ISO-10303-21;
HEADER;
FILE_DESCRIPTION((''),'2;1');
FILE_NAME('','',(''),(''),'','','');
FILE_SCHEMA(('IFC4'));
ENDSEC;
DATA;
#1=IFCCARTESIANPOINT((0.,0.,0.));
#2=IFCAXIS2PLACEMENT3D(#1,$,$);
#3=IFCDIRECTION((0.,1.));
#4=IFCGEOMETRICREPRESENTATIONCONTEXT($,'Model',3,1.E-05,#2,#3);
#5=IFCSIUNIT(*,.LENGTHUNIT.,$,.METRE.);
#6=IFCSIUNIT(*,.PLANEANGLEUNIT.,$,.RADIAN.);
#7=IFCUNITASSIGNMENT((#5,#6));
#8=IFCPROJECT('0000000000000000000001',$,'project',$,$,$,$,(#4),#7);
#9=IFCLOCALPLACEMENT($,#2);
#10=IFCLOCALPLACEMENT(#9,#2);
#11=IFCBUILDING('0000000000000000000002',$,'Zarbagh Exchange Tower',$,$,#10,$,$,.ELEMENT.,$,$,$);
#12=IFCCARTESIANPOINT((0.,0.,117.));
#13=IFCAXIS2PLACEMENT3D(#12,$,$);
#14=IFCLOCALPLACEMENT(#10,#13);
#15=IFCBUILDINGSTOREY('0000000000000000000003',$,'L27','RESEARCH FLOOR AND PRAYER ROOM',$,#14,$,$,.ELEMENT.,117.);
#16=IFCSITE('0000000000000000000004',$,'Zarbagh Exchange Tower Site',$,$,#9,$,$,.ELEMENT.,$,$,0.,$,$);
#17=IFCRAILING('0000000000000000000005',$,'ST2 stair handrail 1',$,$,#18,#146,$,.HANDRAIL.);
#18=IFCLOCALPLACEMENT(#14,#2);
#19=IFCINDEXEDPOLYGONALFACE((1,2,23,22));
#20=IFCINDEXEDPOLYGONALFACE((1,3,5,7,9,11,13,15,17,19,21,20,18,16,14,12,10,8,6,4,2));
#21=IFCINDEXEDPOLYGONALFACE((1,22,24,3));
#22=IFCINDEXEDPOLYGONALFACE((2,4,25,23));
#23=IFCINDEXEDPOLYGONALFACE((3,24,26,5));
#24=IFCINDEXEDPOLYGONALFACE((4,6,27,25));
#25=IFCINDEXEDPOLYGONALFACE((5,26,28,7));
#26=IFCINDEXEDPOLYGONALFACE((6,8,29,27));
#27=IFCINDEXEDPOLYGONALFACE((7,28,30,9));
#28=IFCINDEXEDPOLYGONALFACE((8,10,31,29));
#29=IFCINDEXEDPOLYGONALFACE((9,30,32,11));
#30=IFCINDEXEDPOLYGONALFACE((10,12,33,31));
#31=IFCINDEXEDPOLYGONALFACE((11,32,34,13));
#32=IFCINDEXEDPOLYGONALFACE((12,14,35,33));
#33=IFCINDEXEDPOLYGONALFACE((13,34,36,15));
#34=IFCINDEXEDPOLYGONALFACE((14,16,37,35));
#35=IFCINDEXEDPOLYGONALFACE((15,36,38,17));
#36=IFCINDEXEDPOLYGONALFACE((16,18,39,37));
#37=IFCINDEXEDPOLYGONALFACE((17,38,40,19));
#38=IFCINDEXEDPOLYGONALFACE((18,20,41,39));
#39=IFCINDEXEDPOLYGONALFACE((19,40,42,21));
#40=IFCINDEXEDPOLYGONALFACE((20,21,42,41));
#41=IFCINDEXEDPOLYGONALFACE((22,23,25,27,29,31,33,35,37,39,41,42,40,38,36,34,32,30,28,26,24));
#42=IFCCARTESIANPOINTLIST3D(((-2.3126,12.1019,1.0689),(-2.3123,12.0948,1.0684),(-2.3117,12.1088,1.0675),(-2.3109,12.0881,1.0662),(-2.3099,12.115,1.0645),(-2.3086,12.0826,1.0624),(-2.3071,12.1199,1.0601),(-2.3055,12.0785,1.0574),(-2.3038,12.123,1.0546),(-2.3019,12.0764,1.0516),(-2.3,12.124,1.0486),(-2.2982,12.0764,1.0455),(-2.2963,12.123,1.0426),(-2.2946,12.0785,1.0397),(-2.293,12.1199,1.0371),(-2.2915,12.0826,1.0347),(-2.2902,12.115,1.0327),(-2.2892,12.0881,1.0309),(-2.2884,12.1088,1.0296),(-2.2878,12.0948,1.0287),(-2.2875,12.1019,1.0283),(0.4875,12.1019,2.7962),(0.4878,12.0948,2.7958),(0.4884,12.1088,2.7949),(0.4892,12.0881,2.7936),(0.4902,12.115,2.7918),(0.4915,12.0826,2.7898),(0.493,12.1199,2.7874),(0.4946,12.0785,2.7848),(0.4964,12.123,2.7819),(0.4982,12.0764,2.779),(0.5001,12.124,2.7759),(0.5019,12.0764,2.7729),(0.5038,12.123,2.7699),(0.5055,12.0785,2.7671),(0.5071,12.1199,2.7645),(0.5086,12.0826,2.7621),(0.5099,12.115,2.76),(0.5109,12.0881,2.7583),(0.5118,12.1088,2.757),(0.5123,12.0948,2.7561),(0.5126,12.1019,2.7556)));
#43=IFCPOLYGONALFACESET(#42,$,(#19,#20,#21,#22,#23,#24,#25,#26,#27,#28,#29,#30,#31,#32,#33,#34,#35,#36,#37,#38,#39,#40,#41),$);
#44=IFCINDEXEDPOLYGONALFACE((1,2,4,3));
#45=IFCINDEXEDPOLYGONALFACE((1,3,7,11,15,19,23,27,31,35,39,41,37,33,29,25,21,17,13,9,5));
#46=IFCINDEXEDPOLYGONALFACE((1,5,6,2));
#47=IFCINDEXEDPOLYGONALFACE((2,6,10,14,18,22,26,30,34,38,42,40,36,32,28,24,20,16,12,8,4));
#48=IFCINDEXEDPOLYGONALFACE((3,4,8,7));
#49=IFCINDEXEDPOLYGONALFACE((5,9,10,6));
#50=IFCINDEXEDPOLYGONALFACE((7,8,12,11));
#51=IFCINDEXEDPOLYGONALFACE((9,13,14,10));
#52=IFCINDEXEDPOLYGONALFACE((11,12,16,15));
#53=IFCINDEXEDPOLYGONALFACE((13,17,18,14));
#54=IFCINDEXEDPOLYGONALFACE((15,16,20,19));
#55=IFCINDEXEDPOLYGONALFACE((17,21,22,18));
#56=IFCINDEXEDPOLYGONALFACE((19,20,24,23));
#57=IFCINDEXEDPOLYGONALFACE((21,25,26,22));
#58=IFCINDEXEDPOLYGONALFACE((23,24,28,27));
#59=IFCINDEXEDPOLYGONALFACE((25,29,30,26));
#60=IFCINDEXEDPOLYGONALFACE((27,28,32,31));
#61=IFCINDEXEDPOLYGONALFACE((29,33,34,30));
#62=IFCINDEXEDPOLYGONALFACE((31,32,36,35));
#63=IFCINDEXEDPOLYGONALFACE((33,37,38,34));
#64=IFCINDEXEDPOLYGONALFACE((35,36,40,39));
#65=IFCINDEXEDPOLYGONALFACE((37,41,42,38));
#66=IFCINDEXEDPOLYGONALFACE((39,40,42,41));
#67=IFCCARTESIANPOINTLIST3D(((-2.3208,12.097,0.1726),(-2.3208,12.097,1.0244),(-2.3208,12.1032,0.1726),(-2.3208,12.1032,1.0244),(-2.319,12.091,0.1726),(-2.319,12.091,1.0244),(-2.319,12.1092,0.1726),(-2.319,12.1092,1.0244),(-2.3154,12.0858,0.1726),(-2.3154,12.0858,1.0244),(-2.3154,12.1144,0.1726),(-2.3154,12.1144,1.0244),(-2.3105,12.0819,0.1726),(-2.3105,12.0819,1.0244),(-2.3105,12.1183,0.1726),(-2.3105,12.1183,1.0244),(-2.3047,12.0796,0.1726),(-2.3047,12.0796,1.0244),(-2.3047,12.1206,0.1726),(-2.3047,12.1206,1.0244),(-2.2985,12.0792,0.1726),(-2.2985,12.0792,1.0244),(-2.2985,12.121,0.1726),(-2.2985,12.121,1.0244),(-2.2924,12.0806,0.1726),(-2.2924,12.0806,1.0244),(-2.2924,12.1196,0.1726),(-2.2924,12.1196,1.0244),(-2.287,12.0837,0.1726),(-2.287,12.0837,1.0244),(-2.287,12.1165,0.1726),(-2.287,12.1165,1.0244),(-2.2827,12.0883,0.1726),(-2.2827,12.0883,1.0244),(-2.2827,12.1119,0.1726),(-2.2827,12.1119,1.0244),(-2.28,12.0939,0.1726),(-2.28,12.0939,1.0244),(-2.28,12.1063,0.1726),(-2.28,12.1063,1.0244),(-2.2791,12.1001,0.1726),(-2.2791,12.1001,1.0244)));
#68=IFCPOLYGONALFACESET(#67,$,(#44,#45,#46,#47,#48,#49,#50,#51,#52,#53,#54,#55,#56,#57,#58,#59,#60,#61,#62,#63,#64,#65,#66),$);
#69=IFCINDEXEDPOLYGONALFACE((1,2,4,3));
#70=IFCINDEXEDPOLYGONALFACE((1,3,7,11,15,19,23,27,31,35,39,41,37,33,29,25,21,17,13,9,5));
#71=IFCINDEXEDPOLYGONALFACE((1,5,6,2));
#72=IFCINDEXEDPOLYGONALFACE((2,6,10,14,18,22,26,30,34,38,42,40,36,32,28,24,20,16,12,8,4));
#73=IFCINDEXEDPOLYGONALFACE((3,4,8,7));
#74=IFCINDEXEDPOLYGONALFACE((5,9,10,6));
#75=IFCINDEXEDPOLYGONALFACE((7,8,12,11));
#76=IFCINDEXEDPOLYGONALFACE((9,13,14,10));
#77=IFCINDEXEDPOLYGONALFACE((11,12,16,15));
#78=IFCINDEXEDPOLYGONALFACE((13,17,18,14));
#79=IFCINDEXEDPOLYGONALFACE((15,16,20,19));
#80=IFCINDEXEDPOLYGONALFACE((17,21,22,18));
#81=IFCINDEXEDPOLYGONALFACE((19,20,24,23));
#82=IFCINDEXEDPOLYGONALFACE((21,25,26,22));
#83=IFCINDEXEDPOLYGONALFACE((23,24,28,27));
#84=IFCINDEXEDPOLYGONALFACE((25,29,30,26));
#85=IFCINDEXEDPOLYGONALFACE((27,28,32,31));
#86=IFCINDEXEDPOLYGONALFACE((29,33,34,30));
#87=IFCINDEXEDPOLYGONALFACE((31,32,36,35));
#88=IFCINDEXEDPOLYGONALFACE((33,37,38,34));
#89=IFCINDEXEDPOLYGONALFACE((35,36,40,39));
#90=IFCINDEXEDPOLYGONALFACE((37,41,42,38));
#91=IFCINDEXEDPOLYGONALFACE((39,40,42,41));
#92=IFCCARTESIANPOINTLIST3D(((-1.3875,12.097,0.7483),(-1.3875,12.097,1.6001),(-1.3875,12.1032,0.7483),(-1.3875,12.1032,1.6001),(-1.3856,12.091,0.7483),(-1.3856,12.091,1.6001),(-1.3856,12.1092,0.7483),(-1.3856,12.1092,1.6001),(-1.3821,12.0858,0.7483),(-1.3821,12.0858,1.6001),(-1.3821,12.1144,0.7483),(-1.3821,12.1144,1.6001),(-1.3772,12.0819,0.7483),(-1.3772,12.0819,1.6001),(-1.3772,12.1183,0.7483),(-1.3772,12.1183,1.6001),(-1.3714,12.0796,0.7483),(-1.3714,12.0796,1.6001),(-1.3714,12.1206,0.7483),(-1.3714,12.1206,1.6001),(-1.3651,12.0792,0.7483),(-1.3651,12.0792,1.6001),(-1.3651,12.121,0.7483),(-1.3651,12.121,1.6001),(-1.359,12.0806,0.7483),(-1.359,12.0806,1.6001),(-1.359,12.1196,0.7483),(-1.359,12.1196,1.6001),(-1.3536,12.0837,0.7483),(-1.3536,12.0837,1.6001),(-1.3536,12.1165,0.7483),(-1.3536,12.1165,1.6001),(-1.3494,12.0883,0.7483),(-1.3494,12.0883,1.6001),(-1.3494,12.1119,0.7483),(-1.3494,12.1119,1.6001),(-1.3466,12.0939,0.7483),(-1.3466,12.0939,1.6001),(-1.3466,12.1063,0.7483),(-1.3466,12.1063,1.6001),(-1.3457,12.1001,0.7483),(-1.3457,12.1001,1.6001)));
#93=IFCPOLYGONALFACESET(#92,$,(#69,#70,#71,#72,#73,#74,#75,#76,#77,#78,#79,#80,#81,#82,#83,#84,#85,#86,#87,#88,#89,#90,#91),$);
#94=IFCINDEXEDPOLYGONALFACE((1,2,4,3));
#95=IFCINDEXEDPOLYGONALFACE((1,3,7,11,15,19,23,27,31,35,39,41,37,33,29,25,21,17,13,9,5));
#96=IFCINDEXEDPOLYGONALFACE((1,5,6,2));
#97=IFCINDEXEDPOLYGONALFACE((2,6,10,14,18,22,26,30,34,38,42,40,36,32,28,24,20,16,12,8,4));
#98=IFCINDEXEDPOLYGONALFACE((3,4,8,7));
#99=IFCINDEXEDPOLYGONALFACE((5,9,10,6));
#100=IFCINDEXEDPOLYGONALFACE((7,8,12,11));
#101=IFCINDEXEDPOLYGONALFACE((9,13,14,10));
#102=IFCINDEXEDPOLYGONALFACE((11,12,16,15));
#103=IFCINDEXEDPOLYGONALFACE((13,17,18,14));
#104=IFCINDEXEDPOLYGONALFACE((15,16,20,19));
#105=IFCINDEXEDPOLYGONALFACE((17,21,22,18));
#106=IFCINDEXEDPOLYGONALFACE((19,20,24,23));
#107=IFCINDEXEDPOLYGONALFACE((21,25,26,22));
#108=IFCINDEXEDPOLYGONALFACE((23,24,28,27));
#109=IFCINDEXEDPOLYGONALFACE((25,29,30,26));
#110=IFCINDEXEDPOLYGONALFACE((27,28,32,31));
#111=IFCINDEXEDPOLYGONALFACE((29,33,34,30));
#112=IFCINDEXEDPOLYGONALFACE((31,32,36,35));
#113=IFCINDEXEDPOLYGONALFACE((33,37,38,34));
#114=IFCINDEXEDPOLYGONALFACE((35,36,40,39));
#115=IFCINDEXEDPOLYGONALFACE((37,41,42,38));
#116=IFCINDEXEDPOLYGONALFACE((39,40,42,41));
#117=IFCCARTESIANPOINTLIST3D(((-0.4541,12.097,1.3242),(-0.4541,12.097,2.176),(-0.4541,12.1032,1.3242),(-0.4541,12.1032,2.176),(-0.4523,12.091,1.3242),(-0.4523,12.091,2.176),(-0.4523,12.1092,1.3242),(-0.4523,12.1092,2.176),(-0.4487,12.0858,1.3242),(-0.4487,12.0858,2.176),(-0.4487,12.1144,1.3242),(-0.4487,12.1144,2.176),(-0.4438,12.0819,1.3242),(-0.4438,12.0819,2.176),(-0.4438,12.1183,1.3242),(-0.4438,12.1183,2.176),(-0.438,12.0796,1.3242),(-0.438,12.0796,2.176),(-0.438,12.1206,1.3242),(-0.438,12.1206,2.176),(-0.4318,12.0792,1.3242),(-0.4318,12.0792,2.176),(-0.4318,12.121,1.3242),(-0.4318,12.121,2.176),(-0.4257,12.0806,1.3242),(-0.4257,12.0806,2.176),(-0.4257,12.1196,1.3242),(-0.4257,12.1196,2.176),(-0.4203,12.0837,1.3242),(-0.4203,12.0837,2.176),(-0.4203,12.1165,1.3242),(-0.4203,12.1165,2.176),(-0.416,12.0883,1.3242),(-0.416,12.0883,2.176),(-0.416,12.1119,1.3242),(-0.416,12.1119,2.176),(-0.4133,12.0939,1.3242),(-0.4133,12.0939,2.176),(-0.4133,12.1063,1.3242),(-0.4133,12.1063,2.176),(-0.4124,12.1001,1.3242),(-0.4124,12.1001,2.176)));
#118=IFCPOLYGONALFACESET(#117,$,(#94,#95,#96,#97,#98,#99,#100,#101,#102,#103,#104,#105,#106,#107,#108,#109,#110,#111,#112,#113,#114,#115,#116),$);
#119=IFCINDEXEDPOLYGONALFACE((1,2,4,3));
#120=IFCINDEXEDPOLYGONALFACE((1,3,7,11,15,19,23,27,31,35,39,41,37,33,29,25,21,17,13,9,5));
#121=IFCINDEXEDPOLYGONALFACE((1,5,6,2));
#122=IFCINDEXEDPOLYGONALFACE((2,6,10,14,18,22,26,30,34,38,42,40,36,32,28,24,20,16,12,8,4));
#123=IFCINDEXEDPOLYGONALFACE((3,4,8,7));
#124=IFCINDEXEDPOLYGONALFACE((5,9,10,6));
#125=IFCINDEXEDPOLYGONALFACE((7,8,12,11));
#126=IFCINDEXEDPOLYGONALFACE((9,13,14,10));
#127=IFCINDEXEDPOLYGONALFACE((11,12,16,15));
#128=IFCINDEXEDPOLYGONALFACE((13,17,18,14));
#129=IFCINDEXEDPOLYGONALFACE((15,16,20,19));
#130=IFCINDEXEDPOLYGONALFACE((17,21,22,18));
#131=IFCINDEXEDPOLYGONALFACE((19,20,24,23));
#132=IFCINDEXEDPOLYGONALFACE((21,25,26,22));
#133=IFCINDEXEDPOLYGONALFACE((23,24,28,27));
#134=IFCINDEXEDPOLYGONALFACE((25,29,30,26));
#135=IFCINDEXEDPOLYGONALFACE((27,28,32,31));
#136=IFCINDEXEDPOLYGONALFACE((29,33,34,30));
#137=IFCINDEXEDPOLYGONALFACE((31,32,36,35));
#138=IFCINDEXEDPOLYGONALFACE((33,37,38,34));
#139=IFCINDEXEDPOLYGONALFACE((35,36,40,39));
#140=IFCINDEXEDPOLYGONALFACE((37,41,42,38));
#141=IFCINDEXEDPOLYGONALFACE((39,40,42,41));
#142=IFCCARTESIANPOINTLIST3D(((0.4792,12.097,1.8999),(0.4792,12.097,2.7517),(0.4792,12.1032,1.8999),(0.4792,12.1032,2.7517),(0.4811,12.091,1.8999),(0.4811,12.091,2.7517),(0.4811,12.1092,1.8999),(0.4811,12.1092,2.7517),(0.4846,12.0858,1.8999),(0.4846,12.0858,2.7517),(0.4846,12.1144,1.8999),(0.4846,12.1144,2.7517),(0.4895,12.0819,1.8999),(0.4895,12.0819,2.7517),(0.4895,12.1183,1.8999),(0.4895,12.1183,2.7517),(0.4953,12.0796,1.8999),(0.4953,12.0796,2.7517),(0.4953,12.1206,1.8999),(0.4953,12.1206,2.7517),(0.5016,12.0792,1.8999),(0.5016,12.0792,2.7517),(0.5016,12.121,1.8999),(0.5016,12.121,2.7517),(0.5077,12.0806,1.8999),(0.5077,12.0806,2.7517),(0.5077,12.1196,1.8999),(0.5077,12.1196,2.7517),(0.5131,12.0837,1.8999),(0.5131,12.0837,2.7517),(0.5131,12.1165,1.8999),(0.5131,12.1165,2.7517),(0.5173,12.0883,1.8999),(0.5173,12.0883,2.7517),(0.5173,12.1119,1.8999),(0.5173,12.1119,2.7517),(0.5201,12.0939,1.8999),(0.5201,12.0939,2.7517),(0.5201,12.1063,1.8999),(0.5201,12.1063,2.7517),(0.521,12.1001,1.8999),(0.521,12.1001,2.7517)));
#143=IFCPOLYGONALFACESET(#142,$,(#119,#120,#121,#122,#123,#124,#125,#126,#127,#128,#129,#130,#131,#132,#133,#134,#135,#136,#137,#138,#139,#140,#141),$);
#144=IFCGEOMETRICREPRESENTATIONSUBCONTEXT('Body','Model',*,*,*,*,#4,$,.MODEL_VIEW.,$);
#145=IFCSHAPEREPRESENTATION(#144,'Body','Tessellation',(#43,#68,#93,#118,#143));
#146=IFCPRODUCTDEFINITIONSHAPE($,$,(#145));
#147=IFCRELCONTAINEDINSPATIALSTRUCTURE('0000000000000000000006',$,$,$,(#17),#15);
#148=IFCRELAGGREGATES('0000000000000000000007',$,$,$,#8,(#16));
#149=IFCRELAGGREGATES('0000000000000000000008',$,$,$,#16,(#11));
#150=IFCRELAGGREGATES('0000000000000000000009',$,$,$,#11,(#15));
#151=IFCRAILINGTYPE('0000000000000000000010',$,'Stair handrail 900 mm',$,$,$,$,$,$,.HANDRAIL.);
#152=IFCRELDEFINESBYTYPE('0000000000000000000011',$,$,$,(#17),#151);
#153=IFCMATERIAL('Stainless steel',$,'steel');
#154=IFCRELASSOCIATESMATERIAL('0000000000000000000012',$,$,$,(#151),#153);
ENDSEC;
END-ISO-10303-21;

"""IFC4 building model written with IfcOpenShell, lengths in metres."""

from ifc_helpers import new_model, si_unit, direction, frame, origin, origin_2d, place, context, subcontext, project, spatial, circle, extrude, material, type_object, element, save


model = new_model("IFC4")

# Units and contexts
model_context = context("Model", 3, precision=1e-05, world=origin(), true_north=direction((0.0, 1.0)))
body_context = subcontext(model_context, "Body", "Model", "MODEL_VIEW")
ifc_project = project(units=[si_unit("LENGTHUNIT", "METRE"), si_unit("PLANEANGLEUNIT", "RADIAN")], contexts=[model_context])

# Site, building, storey
site_placement = place(None, origin())
site = spatial("IfcSite", under=ifc_project, at=site_placement, Name="Zarbagh Exchange Tower Site", CompositionType="ELEMENT", RefElevation=0.0)
building_placement = place(site_placement, origin())
building = spatial("IfcBuilding", under=site, at=building_placement, Name="Zarbagh Exchange Tower", CompositionType="ELEMENT")
storey_placement = place(building_placement, frame((0.0, 0.0, 117.0)))
storey = spatial("IfcBuildingStorey", under=building, at=storey_placement, Name="L27", Description="RESEARCH FLOOR AND PRAYER ROOM", CompositionType="ELEMENT", Elevation=117.0)

# Railing
ifc_material_1 = material(Name="Stainless steel", Category="steel")
railing_type_1 = type_object("IfcRailingType", Name="Stair handrail 900 mm", PredefinedType="HANDRAIL", material=ifc_material_1)
railing_1_placement = place(storey_placement, frame((-2.3, 12.1001, 0.1726)))
element("IfcRailing", 1, at=railing_1_placement, inside=storey, type_object=railing_type_1, Name="ST2 stair handrail 1", PredefinedType="HANDRAIL", context=body_context, shape_type="SweptSolid", body=[
    extrude(circle(Radius=0.0239, at=origin_2d()), frame((0.0, 0.0, 0.876), z_axis=(0.85109, 0.0, 0.52502), x_axis=(0.0, 1.0, 0.0)), (0.0, 0.0, 1.0), 3.29),
    extrude(circle(Radius=0.021, at=origin_2d()), origin(), (0.0, 0.0, 1.0), 0.8518),
    extrude(circle(Radius=0.021, at=origin_2d()), frame((0.9333, 0.0, 0.5757)), (0.0, 0.0, 1.0), 0.8518),
    extrude(circle(Radius=0.021, at=origin_2d()), frame((1.8667, 0.0, 1.1516)), (0.0, 0.0, 1.0), 0.8518),
    extrude(circle(Radius=0.021, at=origin_2d()), frame((2.8, 0.0, 1.7273)), (0.0, 0.0, 1.0), 0.8518),
])

save(model, "model.ifc")
